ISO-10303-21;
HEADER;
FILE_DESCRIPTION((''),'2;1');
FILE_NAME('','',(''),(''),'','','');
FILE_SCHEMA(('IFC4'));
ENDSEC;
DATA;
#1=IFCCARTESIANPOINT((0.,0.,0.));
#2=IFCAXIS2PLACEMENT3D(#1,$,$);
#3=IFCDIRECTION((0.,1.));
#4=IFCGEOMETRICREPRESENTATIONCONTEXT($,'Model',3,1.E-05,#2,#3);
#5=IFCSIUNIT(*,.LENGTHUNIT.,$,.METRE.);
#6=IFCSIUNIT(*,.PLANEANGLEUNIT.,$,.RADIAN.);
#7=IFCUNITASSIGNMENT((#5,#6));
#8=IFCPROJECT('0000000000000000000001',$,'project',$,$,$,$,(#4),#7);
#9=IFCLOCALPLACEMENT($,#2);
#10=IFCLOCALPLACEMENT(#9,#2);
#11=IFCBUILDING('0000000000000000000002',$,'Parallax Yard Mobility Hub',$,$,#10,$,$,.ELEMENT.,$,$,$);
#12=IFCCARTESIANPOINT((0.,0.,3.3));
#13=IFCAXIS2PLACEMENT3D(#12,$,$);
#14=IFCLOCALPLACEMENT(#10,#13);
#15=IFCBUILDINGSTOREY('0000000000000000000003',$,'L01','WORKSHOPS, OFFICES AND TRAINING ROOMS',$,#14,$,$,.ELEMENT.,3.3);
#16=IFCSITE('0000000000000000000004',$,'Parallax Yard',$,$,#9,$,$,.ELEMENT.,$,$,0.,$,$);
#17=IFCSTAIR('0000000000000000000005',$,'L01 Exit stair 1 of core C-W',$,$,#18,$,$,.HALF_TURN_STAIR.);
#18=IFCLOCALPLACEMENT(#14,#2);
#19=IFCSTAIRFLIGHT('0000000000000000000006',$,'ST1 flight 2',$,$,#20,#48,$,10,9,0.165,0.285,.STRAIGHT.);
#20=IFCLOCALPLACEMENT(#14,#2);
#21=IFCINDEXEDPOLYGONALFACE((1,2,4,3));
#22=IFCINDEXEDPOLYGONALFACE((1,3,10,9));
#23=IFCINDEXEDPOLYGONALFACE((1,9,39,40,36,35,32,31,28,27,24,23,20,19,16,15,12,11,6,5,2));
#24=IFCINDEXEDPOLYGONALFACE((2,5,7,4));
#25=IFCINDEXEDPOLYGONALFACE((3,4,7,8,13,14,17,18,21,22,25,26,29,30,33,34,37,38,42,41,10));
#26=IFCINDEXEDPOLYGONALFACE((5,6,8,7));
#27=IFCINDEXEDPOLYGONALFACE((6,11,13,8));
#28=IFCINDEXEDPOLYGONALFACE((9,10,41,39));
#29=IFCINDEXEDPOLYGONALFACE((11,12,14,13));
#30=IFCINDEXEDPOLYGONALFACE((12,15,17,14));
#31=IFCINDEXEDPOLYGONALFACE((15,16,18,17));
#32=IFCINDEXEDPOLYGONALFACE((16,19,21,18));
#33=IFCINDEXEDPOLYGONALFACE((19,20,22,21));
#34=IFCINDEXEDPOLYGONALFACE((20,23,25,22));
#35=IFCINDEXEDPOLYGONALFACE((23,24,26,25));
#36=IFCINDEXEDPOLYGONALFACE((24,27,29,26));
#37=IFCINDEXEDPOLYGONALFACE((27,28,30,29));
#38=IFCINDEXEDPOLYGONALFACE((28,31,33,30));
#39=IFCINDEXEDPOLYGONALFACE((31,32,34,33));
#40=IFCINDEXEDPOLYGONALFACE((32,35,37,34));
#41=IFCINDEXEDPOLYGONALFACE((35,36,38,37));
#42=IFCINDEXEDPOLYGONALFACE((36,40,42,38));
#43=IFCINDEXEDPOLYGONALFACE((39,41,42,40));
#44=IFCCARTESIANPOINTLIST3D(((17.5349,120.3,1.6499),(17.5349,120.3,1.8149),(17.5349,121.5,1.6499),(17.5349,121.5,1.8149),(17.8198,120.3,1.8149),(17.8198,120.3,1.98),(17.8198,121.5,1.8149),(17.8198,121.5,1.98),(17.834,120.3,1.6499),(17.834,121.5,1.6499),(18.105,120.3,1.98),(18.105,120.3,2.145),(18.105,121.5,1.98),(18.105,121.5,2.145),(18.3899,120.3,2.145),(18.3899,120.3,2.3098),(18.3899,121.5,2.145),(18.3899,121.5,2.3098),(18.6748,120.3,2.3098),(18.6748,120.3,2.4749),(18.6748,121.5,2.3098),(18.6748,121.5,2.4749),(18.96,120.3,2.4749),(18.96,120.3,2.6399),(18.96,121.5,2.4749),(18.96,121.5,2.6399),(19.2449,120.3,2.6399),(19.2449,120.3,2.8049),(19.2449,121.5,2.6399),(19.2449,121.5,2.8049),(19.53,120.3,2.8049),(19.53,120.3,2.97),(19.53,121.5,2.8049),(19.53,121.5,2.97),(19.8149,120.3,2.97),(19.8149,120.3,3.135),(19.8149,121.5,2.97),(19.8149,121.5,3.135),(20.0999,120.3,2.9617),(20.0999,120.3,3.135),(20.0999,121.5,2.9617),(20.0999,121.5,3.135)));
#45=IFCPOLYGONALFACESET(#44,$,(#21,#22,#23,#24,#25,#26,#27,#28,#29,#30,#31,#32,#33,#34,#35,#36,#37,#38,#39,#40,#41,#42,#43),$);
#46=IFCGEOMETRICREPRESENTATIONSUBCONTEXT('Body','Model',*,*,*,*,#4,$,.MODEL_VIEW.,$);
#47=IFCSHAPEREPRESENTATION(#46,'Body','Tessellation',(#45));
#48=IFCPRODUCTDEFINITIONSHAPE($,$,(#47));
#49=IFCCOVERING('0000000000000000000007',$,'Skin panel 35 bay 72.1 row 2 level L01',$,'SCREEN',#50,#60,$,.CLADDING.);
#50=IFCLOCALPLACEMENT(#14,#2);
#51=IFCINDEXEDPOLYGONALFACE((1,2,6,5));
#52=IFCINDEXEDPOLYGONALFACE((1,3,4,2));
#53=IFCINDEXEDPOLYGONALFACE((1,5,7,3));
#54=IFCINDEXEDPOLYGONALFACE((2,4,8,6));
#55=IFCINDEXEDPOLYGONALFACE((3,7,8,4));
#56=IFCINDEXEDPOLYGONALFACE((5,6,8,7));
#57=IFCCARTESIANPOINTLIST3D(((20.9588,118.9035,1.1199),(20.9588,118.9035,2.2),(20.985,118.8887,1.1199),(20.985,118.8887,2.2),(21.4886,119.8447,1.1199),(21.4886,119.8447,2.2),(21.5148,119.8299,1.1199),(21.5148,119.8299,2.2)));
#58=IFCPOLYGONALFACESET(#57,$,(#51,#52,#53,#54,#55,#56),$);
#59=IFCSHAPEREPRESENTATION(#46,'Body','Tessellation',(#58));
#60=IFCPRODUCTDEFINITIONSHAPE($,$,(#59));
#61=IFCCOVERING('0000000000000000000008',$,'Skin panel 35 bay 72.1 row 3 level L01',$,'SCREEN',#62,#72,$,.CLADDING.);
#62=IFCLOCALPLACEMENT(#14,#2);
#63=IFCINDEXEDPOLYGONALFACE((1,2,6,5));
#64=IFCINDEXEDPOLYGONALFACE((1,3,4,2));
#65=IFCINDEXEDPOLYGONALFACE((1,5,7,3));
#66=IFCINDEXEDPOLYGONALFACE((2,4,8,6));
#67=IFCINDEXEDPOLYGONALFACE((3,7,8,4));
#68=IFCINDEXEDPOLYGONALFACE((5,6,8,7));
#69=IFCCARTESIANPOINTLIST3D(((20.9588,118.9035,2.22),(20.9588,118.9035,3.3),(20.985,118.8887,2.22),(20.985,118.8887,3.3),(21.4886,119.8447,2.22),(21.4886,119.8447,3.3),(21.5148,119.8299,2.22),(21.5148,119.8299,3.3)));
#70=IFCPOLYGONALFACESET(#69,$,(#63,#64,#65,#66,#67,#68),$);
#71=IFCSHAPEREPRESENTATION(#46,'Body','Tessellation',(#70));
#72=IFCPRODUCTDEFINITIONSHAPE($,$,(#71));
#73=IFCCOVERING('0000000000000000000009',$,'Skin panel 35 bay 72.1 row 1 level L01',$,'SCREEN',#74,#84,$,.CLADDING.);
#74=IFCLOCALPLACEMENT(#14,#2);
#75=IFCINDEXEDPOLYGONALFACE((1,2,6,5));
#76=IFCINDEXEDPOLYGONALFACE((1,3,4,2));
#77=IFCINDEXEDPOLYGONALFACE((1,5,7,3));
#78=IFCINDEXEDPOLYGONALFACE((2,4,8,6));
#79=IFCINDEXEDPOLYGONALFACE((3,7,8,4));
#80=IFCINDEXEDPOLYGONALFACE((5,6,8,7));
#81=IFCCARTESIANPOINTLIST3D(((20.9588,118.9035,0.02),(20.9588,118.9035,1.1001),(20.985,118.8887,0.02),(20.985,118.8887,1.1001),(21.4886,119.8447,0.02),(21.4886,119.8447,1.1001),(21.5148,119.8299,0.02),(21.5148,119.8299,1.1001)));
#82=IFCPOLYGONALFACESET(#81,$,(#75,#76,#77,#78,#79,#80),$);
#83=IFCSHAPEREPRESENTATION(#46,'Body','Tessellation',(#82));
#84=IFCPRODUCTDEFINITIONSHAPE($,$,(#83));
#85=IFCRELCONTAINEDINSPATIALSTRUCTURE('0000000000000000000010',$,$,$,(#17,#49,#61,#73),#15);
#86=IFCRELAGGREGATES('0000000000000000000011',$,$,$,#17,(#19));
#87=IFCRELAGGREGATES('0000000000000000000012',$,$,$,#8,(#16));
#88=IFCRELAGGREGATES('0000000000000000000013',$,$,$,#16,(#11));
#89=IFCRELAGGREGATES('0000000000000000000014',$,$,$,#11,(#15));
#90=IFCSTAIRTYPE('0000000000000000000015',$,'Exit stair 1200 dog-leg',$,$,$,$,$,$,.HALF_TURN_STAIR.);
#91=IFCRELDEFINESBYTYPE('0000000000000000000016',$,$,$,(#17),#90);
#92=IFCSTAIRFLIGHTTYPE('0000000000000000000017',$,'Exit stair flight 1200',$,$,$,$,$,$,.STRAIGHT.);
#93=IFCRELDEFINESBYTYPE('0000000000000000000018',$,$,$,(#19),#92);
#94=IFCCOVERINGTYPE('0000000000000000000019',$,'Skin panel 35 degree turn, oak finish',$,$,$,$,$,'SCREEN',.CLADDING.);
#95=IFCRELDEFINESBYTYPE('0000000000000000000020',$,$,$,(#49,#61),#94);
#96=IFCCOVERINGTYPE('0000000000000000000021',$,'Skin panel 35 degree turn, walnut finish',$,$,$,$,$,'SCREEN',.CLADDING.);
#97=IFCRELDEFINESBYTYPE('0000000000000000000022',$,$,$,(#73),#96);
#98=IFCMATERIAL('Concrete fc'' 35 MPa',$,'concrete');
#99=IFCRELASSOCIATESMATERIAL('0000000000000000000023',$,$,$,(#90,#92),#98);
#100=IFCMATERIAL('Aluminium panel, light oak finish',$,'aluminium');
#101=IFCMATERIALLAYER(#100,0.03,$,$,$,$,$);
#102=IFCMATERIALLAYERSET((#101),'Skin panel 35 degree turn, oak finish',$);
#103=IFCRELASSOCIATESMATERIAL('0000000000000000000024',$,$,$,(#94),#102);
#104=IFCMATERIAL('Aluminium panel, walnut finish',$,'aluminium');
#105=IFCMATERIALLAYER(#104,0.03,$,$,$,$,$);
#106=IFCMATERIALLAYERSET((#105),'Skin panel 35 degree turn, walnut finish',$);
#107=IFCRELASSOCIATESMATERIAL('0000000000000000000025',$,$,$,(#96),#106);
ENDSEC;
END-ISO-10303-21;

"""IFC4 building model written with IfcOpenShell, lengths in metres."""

from ifc_helpers import new_model, si_unit, direction, frame, origin, origin_2d, place, context, subcontext, project, spatial, polyline, rectangle, outline, extrude, material, layer, layer_set, type_object, element, aggregate, save


model = new_model("IFC4")

# Units and contexts
model_context = context("Model", 3, precision=1e-05, world=origin(), true_north=direction((0.0, 1.0)))
body_context = subcontext(model_context, "Body", "Model", "MODEL_VIEW")
ifc_project = project(units=[si_unit("LENGTHUNIT", "METRE"), si_unit("PLANEANGLEUNIT", "RADIAN")], contexts=[model_context])

# Site, building, storey
site_placement = place(None, origin())
site = spatial("IfcSite", under=ifc_project, at=site_placement, Name="Parallax Yard", CompositionType="ELEMENT", RefElevation=0.0)
building_placement = place(site_placement, origin())
building = spatial("IfcBuilding", under=site, at=building_placement, Name="Parallax Yard Mobility Hub", CompositionType="ELEMENT")
storey_placement = place(building_placement, frame((0.0, 0.0, 3.3)))
storey = spatial("IfcBuildingStorey", under=building, at=storey_placement, Name="L01", Description="WORKSHOPS, OFFICES AND TRAINING ROOMS", CompositionType="ELEMENT", Elevation=3.3)

# Shared definitions
ifc_material_1 = material(Name="Concrete fc' 35 MPa", Category="concrete")

# Stair, stair flight
stair_type = type_object("IfcStairType", Name="Exit stair 1200 dog-leg", PredefinedType="HALF_TURN_STAIR", material=ifc_material_1)
stair_placement = place(storey_placement, origin())
stair = element("IfcStair", 1, at=stair_placement, inside=storey, type_object=stair_type, Name="L01 Exit stair 1 of core C-W", PredefinedType="HALF_TURN_STAIR")
stair_flight_type = type_object("IfcStairFlightType", Name="Exit stair flight 1200", PredefinedType="STRAIGHT", material=ifc_material_1)
stair_flight_1_placement = place(storey_placement, frame((17.5349, 120.8999, 1.6499), z_axis=(0.0, 0.0, 1.0), x_axis=(1.0, 0.0, 0.0)))
stair_flight_1 = element("IfcStairFlight", 2, at=stair_flight_1_placement, type_object=stair_flight_type, Name="ST1 flight 2", NumberOfRisers=10, NumberOfTreads=9, PredefinedType="STRAIGHT", RiserHeight=0.165, TreadLength=0.285, context=body_context, shape_type="SweptSolid", body=[
    extrude(outline(polyline([(0.0, 0.0), (0.0, 0.165), (0.2849, 0.165), (0.2849, 0.3301), (0.5701, 0.3301), (0.5701, 0.4951), (0.855, 0.4951), (0.855, 0.6599), (1.1399, 0.6599), (1.1399, 0.825), (1.425, 0.825), (1.425, 0.99), (1.71, 0.99), (1.71, 1.155), (1.9951, 1.155), (1.9951, 1.3201), (2.28, 1.3201), (2.28, 1.4851), (2.5649, 1.4851), (2.5649, 1.6499), (2.5649, 1.3118), (0.2991, 0.0), (0.0, 0.0)])), frame((0.0, 0.6001, 0.0), z_axis=(0.0, -1.0, 0.0), x_axis=(1.0, 0.0, 0.0)), (0.0, 0.0, 1.0), 1.2),
])
aggregate(stair, [stair_flight_1])

# Coverings
ifc_material_2 = material(Name="Aluminium panel, light oak finish", Category="aluminium")
ifc_layer_1 = layer(ifc_material_2, 0.03)
ifc_layer_set_1 = layer_set([ifc_layer_1], Name="Skin panel 35 degree turn, oak finish")
covering_type_1 = type_object("IfcCoveringType", Name="Skin panel 35 degree turn, oak finish", ElementType="SCREEN", PredefinedType="CLADDING", material=ifc_layer_set_1)
for number, where, z_axis, x_axis, name in (
    (3, (21.2368, 119.3667, 1.1199), (0.0, 0.0, 1.0), (-0.490524, -0.871428, 0.0), "Skin panel 35 bay 72.1 row 2 level L01"),
    (4, (21.2368, 119.3667, 2.22), (0.0, 0.0, 1.0), (-0.490524, -0.871428, 0.0), "Skin panel 35 bay 72.1 row 3 level L01"),
):
    element("IfcCovering", number, at=place(storey_placement, frame(where, z_axis=z_axis, x_axis=x_axis)), inside=storey, type_object=covering_type_1, Name=name, ObjectType="SCREEN", PredefinedType="CLADDING", context=body_context, shape_type="SweptSolid", body=[
        extrude(rectangle(XDim=1.0801, YDim=0.03, at=origin_2d()), origin(), (0.0, 0.0, 1.0), 1.0801),
    ])
ifc_material_3 = material(Name="Aluminium panel, walnut finish", Category="aluminium")
ifc_layer_2 = layer(ifc_material_3, 0.03)
ifc_layer_set_2 = layer_set([ifc_layer_2], Name="Skin panel 35 degree turn, walnut finish")
covering_type_2 = type_object("IfcCoveringType", Name="Skin panel 35 degree turn, walnut finish", ElementType="SCREEN", PredefinedType="CLADDING", material=ifc_layer_set_2)
covering_placement = place(storey_placement, frame((21.2368, 119.3667, 0.02), z_axis=(0.0, 0.0, 1.0), x_axis=(-0.490524, -0.871428, 0.0)))
element("IfcCovering", 5, at=covering_placement, inside=storey, type_object=covering_type_2, Name="Skin panel 35 bay 72.1 row 1 level L01", ObjectType="SCREEN", PredefinedType="CLADDING", context=body_context, shape_type="SweptSolid", body=[
    extrude(rectangle(XDim=1.0801, YDim=0.03, at=origin_2d()), origin(), (0.0, 0.0, 1.0), 1.0801),
])

save(model, "model.ifc")
